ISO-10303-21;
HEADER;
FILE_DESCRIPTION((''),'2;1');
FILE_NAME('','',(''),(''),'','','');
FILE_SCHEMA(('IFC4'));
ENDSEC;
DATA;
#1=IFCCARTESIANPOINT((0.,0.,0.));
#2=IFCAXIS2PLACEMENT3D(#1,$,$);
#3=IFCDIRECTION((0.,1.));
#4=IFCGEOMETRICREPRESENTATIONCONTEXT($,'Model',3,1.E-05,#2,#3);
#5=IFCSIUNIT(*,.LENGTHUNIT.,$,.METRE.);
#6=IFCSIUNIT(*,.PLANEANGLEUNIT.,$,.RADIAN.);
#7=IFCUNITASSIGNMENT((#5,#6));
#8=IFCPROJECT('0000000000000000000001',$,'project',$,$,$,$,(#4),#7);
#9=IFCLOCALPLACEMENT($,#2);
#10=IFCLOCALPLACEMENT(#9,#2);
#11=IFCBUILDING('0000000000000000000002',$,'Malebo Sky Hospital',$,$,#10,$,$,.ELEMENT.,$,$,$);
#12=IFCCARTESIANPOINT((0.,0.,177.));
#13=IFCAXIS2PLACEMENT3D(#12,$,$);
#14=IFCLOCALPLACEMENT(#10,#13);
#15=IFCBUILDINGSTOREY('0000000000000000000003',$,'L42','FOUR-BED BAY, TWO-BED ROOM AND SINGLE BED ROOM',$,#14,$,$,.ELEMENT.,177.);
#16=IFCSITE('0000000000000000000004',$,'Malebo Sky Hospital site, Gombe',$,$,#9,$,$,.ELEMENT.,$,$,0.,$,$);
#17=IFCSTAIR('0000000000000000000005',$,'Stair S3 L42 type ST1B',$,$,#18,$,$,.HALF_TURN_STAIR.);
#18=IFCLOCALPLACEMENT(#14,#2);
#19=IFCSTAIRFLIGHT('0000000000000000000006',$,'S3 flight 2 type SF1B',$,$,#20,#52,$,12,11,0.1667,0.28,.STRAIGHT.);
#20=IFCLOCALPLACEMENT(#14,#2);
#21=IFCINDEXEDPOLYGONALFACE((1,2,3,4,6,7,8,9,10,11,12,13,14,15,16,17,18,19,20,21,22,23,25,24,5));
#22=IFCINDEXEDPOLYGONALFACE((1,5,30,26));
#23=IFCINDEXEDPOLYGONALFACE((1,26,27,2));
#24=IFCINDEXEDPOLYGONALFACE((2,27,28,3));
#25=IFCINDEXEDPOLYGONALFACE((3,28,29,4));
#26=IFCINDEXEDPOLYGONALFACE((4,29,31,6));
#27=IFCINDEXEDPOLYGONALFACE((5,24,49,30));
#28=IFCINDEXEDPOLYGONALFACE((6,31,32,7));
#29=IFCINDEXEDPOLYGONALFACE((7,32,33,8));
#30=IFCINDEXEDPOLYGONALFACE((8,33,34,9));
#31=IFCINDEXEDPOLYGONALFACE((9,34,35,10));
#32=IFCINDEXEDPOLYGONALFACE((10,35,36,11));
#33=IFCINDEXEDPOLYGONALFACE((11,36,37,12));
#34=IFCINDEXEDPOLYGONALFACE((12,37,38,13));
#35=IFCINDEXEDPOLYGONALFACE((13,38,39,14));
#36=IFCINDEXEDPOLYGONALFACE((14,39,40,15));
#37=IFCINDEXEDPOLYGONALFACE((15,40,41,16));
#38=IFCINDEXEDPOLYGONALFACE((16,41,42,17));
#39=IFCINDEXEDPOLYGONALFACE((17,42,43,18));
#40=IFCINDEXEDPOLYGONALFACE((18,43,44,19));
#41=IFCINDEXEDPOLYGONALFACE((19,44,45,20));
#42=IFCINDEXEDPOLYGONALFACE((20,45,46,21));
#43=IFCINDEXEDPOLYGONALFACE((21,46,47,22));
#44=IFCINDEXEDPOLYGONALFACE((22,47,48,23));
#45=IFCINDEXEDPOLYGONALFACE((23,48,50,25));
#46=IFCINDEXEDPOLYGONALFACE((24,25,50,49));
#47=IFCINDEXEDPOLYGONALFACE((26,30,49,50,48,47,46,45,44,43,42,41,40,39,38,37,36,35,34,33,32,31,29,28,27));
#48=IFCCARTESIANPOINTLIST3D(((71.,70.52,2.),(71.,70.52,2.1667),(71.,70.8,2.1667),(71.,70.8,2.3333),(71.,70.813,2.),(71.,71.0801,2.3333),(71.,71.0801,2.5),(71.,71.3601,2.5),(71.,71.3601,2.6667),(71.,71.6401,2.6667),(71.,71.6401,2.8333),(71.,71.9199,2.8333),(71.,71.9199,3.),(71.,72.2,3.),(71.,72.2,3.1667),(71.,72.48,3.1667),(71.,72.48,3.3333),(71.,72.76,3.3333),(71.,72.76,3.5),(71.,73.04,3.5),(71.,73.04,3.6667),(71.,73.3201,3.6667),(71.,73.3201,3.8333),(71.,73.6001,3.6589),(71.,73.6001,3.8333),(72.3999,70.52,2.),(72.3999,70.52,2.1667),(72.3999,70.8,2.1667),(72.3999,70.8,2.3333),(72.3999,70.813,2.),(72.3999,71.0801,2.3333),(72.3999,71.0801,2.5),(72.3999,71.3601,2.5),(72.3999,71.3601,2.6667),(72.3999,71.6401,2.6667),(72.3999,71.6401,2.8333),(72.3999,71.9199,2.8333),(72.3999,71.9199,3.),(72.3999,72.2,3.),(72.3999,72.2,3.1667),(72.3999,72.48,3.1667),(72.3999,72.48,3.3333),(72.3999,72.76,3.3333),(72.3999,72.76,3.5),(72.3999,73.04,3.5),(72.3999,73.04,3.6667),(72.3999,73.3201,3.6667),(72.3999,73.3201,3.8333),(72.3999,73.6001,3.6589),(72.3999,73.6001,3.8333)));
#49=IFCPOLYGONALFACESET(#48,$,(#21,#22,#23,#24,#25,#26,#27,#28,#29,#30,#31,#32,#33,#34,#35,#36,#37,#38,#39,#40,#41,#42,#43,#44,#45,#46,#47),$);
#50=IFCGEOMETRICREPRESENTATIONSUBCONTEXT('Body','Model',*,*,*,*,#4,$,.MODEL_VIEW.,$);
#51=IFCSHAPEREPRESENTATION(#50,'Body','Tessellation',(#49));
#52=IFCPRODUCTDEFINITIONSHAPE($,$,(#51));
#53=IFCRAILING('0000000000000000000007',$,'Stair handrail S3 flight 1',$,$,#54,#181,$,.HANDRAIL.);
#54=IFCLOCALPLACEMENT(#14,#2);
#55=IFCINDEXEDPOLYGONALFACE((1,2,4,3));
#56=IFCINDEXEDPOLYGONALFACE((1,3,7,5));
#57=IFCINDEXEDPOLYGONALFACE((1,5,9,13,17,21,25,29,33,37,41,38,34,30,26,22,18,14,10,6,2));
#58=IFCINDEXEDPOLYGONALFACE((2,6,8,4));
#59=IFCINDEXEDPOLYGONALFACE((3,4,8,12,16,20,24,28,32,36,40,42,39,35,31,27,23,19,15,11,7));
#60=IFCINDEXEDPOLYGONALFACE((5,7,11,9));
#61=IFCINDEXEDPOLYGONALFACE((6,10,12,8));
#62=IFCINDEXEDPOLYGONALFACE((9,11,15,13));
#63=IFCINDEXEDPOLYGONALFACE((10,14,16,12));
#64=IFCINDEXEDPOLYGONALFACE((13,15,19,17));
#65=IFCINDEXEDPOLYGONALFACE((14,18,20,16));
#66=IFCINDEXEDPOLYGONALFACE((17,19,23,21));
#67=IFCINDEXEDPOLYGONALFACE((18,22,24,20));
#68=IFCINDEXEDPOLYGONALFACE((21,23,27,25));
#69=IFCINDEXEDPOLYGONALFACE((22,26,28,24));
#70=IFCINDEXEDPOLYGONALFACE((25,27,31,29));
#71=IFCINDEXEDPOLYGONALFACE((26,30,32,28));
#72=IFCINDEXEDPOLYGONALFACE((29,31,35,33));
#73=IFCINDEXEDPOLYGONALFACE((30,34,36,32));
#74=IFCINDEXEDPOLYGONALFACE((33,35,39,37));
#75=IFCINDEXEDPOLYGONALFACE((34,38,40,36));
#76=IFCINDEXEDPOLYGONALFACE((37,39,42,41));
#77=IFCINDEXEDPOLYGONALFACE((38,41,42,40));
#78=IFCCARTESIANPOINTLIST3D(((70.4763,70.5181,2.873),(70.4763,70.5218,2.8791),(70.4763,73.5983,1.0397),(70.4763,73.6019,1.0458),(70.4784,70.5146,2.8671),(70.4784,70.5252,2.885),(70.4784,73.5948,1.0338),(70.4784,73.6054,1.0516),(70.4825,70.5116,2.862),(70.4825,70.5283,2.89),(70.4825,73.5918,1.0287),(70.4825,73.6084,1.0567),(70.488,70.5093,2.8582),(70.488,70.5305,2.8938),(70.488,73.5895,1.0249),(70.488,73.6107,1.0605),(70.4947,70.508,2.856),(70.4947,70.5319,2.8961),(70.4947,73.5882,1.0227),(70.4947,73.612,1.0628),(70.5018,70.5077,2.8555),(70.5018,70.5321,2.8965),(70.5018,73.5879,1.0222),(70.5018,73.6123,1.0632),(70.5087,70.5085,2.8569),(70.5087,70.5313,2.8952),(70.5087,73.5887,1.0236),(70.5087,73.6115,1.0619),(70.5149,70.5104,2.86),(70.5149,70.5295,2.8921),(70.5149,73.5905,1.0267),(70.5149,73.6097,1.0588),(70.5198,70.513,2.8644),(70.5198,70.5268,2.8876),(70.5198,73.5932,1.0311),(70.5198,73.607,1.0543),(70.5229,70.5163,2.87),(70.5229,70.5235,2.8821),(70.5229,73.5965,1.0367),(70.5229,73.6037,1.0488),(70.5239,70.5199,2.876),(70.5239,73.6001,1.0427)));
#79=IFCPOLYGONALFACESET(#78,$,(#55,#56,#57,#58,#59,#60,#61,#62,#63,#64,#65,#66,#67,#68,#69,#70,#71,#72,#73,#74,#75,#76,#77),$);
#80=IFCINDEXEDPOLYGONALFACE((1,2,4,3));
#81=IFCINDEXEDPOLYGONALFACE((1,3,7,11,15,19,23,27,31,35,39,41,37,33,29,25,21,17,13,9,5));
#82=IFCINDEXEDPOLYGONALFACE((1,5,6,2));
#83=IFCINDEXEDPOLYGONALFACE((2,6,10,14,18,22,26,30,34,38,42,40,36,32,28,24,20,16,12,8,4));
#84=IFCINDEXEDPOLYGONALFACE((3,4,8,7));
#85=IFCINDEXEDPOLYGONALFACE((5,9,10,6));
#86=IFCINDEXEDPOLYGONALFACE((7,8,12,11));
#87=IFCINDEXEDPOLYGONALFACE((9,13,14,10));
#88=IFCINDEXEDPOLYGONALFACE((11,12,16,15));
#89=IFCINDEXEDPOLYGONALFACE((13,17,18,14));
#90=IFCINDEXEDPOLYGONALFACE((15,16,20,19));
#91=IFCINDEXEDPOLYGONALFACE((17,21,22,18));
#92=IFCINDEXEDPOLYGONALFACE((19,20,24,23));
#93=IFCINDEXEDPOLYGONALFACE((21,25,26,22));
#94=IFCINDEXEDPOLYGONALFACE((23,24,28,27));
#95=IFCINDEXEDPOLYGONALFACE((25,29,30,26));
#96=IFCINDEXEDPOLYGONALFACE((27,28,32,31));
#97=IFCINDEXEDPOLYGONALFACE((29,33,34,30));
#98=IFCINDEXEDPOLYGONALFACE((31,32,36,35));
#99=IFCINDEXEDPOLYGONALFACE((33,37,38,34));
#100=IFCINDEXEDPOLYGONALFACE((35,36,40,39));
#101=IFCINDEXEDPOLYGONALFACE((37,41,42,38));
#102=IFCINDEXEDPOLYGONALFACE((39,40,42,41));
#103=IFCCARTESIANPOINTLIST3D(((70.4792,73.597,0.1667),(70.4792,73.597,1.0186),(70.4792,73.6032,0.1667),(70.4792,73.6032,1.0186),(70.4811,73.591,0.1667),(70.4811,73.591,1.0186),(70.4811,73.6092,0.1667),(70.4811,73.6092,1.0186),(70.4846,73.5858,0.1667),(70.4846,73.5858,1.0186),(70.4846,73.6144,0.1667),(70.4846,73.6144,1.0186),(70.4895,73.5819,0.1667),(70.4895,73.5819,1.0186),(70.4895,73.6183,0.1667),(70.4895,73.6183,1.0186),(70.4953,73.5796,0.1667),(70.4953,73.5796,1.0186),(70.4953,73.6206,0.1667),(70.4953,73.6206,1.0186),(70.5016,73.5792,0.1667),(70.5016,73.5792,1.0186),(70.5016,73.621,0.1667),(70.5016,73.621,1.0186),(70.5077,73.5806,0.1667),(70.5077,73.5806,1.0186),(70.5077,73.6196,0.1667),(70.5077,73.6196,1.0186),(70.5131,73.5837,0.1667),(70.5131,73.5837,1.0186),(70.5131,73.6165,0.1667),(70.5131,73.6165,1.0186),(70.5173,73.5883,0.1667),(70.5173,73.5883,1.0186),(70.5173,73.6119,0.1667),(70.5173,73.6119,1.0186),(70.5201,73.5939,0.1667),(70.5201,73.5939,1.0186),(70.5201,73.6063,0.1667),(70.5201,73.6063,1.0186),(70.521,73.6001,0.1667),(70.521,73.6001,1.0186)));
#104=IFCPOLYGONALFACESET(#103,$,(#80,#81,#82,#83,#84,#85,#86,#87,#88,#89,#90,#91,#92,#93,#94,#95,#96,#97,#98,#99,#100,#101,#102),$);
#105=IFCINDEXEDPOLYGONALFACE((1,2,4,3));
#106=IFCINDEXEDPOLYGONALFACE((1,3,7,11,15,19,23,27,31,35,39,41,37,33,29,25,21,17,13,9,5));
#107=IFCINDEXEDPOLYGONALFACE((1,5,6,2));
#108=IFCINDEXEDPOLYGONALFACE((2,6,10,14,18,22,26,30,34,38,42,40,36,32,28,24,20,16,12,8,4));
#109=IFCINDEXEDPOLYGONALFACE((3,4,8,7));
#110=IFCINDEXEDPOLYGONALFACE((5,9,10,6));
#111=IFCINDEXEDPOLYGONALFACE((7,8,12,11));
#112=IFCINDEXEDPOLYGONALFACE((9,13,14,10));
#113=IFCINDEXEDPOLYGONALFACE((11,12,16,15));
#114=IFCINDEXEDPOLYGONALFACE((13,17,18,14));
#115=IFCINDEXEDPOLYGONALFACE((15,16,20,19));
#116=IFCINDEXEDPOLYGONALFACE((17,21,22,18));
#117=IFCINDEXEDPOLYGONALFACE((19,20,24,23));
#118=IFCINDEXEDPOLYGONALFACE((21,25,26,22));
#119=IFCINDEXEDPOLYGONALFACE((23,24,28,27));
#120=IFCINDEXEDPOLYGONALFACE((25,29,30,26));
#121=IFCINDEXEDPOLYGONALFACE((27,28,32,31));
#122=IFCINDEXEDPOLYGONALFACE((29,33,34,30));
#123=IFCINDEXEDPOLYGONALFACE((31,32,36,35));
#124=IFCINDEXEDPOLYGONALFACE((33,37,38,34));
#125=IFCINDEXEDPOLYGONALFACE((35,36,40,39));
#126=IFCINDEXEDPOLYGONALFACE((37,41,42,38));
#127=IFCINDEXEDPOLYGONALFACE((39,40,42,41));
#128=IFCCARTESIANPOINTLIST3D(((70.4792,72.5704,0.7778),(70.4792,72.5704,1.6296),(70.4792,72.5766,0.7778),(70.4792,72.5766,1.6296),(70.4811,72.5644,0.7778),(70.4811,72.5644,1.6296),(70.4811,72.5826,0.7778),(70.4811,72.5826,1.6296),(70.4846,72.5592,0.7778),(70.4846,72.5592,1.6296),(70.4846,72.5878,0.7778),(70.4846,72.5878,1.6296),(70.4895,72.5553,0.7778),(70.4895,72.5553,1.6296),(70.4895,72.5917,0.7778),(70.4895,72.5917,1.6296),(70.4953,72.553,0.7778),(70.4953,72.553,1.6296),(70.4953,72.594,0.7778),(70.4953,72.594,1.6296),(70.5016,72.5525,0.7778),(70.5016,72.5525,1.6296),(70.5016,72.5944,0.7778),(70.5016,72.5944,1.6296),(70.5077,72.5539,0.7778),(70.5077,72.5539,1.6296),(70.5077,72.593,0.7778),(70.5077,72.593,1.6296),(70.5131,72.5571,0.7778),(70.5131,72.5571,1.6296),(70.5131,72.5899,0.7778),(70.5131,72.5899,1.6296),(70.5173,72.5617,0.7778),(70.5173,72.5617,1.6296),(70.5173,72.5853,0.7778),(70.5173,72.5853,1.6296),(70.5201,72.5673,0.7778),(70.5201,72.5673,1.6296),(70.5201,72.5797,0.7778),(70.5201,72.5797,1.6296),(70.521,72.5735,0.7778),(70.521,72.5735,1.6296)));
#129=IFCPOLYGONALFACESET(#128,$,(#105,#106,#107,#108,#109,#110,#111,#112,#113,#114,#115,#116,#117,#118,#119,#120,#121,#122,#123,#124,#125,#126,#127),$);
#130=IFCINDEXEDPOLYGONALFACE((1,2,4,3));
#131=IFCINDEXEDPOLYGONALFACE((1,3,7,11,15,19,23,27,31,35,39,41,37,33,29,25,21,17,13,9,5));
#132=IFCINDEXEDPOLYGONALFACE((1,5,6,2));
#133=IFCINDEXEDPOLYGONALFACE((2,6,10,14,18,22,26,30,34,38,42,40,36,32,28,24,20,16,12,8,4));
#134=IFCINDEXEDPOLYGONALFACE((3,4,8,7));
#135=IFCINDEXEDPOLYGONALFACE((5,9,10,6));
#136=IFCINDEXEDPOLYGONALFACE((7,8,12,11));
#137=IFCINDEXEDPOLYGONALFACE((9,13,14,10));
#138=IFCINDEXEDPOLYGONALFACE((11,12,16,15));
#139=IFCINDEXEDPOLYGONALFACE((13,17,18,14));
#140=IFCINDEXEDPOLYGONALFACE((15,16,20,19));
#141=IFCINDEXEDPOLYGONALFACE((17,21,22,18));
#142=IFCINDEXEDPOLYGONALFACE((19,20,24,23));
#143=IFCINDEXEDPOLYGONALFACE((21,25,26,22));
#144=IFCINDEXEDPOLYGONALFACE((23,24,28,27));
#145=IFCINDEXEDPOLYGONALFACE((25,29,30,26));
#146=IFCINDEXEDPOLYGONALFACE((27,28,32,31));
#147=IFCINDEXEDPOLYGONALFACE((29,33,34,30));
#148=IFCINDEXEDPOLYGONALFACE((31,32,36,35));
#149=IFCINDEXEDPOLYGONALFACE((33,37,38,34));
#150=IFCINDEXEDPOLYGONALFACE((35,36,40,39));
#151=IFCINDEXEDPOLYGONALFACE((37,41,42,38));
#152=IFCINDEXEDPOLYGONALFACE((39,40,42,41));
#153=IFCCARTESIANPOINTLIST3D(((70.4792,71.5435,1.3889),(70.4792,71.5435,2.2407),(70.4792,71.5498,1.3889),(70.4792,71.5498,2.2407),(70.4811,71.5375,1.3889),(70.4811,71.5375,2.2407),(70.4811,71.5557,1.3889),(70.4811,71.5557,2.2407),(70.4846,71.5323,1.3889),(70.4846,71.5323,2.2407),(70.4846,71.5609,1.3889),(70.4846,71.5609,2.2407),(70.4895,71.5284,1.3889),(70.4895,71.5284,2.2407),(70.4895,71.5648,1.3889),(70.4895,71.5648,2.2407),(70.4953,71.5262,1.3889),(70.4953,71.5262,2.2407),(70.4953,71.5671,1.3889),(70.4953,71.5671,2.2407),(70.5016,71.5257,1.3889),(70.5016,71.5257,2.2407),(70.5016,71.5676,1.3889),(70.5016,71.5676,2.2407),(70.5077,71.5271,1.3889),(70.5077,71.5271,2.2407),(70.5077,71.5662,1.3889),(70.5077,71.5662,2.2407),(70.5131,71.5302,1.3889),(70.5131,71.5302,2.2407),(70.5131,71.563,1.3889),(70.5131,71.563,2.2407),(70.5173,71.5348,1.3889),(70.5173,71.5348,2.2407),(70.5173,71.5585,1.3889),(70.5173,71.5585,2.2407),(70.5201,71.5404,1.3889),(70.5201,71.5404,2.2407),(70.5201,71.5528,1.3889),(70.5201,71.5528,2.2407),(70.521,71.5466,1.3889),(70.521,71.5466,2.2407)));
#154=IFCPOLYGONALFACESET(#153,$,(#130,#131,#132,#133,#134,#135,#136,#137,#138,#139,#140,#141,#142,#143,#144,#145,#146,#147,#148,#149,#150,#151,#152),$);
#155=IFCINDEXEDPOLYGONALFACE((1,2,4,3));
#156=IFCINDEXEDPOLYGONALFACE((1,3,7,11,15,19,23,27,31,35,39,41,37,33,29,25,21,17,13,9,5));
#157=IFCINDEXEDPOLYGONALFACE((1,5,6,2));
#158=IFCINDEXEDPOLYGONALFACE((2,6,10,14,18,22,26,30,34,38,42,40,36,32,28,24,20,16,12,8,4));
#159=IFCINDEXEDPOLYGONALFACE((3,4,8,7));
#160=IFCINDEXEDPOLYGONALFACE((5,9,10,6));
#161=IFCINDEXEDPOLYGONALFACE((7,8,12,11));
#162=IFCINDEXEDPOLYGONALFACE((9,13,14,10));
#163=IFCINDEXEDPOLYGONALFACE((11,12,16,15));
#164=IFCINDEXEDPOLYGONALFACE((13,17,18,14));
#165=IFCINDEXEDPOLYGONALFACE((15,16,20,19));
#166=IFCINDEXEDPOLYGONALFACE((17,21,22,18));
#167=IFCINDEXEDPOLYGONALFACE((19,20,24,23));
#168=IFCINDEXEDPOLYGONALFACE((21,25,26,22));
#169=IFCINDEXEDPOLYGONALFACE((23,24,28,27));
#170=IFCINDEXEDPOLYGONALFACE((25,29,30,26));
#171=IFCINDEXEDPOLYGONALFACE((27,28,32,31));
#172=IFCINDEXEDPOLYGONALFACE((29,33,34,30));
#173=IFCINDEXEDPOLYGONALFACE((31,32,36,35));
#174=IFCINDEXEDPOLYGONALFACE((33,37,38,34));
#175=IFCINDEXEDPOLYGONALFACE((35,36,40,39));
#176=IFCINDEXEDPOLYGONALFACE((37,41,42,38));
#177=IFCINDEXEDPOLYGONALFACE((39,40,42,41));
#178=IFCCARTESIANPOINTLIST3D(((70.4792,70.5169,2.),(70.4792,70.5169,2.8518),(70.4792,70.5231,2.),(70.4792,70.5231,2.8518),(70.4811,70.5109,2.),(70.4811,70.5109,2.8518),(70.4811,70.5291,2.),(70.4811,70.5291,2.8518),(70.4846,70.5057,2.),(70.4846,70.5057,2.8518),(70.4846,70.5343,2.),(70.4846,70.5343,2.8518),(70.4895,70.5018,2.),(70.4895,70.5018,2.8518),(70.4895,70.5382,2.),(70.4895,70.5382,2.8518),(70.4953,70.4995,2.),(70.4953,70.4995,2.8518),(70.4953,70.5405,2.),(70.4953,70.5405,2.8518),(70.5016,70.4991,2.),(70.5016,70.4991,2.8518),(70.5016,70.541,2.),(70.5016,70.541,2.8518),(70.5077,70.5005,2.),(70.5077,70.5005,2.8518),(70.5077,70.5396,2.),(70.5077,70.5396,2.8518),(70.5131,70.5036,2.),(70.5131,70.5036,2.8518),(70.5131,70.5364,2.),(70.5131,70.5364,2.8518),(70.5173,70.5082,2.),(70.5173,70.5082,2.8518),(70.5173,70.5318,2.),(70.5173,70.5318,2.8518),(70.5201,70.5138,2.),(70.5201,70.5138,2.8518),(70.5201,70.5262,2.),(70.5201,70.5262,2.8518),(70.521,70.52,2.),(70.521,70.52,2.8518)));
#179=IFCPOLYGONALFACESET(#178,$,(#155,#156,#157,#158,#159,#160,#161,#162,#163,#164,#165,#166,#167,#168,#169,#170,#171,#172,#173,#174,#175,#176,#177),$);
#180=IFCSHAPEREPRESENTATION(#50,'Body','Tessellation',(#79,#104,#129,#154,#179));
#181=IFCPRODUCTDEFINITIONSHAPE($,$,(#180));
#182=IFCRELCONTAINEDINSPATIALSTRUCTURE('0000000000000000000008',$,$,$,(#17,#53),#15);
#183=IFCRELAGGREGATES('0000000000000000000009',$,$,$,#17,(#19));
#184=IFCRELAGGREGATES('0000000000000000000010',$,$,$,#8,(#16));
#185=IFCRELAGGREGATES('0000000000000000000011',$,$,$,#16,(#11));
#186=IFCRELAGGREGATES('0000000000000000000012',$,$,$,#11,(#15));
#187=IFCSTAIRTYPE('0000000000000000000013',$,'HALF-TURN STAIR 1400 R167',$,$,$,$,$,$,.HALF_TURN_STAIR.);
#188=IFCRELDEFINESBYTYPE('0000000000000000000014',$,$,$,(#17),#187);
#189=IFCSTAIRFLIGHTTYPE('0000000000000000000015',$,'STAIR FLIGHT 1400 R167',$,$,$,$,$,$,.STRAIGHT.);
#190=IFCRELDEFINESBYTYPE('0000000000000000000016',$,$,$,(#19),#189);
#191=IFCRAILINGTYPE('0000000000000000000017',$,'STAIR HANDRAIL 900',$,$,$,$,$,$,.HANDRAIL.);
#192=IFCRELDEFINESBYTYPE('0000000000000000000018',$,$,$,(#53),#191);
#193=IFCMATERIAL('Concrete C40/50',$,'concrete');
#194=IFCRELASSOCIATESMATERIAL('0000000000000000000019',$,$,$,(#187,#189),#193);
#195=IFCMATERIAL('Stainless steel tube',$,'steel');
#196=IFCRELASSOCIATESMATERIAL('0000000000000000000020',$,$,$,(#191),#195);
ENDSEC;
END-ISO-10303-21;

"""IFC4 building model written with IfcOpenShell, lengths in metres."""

from ifc_helpers import new_model, si_unit, direction, frame, origin, origin_2d, place, context, subcontext, project, spatial, polyline, circle, outline, extrude, material, type_object, element, aggregate, save


model = new_model("IFC4")

# Units and contexts
model_context = context("Model", 3, precision=1e-05, world=origin(), true_north=direction((0.0, 1.0)))
body_context = subcontext(model_context, "Body", "Model", "MODEL_VIEW")
ifc_project = project(units=[si_unit("LENGTHUNIT", "METRE"), si_unit("PLANEANGLEUNIT", "RADIAN")], contexts=[model_context])

# Site, building, storey
site_placement = place(None, origin())
site = spatial("IfcSite", under=ifc_project, at=site_placement, Name="Malebo Sky Hospital site, Gombe", CompositionType="ELEMENT", RefElevation=0.0)
building_placement = place(site_placement, origin())
building = spatial("IfcBuilding", under=site, at=building_placement, Name="Malebo Sky Hospital", CompositionType="ELEMENT")
storey_placement = place(building_placement, frame((0.0, 0.0, 177.0)))
storey = spatial("IfcBuildingStorey", under=building, at=storey_placement, Name="L42", Description="FOUR-BED BAY, TWO-BED ROOM AND SINGLE BED ROOM", CompositionType="ELEMENT", Elevation=177.0)

# Shared definitions
ifc_material_1 = material(Name="Concrete C40/50", Category="concrete")

# Stair, stair flight
stair_type = type_object("IfcStairType", Name="HALF-TURN STAIR 1400 R167", PredefinedType="HALF_TURN_STAIR", material=ifc_material_1)
stair_placement = place(storey_placement, origin())
stair = element("IfcStair", 1, at=stair_placement, inside=storey, type_object=stair_type, Name="Stair S3 L42 type ST1B", PredefinedType="HALF_TURN_STAIR")
stair_flight_type = type_object("IfcStairFlightType", Name="STAIR FLIGHT 1400 R167", PredefinedType="STRAIGHT", material=ifc_material_1)
stair_flight_1_placement = place(storey_placement, frame((71.7, 70.52, 2.0), z_axis=(0.0, 0.0, 1.0), x_axis=(0.0, 1.0, 0.0)))
stair_flight_1 = element("IfcStairFlight", 2, at=stair_flight_1_placement, type_object=stair_flight_type, Name="S3 flight 2 type SF1B", NumberOfRisers=12, NumberOfTreads=11, PredefinedType="STRAIGHT", RiserHeight=0.1667, TreadLength=0.28, context=body_context, shape_type="SweptSolid", body=[
    extrude(outline(polyline([(0.0, 0.0), (0.0, 0.1667), (0.28, 0.1667), (0.28, 0.3333), (0.5601, 0.3333), (0.5601, 0.5), (0.8401, 0.5), (0.8401, 0.6667), (1.1201, 0.6667), (1.1201, 0.8333), (1.3999, 0.8333), (1.3999, 1.0), (1.6799, 1.0), (1.6799, 1.1667), (1.96, 1.1667), (1.96, 1.3333), (2.24, 1.3333), (2.24, 1.5), (2.52, 1.5), (2.52, 1.6667), (2.8, 1.6667), (2.8, 1.8333), (3.0801, 1.8333), (3.0801, 2.0), (3.0801, 1.6589), (0.293, 0.0), (0.0, 0.0)])), frame((0.0, 0.7, 0.0), z_axis=(0.0, -1.0, 0.0), x_axis=(1.0, 0.0, 0.0)), (0.0, 0.0, 1.0), 1.3999),
])
aggregate(stair, [stair_flight_1])

# Railing
ifc_material_2 = material(Name="Stainless steel tube", Category="steel")
railing_type = type_object("IfcRailingType", Name="STAIR HANDRAIL 900", PredefinedType="HANDRAIL", material=ifc_material_2)
railing_1_placement = place(storey_placement, frame((70.5, 73.6001, 0.1667)))
element("IfcRailing", 3, at=railing_1_placement, inside=storey, type_object=railing_type, Name="Stair handrail S3 flight 1", PredefinedType="HANDRAIL", context=body_context, shape_type="SweptSolid", body=[
    extrude(circle(Radius=0.0239, at=origin_2d()), frame((0.0, 0.0, 0.876), z_axis=(0.0, -0.859309, 0.511458), x_axis=(1.0, 0.0, 0.0)), (0.0, 0.0, 1.0), 3.5845),
    extrude(circle(Radius=0.021, at=origin_2d()), origin(), (0.0, 0.0, 1.0), 0.8518),
    extrude(circle(Radius=0.021, at=origin_2d()), frame((0.0, -1.0266, 0.6111)), (0.0, 0.0, 1.0), 0.8518),
    extrude(circle(Radius=0.021, at=origin_2d()), frame((0.0, -2.0535, 1.2222)), (0.0, 0.0, 1.0), 0.8518),
    extrude(circle(Radius=0.021, at=origin_2d()), frame((0.0, -3.0801, 1.8333)), (0.0, 0.0, 1.0), 0.8518),
])

save(model, "model.ifc")
